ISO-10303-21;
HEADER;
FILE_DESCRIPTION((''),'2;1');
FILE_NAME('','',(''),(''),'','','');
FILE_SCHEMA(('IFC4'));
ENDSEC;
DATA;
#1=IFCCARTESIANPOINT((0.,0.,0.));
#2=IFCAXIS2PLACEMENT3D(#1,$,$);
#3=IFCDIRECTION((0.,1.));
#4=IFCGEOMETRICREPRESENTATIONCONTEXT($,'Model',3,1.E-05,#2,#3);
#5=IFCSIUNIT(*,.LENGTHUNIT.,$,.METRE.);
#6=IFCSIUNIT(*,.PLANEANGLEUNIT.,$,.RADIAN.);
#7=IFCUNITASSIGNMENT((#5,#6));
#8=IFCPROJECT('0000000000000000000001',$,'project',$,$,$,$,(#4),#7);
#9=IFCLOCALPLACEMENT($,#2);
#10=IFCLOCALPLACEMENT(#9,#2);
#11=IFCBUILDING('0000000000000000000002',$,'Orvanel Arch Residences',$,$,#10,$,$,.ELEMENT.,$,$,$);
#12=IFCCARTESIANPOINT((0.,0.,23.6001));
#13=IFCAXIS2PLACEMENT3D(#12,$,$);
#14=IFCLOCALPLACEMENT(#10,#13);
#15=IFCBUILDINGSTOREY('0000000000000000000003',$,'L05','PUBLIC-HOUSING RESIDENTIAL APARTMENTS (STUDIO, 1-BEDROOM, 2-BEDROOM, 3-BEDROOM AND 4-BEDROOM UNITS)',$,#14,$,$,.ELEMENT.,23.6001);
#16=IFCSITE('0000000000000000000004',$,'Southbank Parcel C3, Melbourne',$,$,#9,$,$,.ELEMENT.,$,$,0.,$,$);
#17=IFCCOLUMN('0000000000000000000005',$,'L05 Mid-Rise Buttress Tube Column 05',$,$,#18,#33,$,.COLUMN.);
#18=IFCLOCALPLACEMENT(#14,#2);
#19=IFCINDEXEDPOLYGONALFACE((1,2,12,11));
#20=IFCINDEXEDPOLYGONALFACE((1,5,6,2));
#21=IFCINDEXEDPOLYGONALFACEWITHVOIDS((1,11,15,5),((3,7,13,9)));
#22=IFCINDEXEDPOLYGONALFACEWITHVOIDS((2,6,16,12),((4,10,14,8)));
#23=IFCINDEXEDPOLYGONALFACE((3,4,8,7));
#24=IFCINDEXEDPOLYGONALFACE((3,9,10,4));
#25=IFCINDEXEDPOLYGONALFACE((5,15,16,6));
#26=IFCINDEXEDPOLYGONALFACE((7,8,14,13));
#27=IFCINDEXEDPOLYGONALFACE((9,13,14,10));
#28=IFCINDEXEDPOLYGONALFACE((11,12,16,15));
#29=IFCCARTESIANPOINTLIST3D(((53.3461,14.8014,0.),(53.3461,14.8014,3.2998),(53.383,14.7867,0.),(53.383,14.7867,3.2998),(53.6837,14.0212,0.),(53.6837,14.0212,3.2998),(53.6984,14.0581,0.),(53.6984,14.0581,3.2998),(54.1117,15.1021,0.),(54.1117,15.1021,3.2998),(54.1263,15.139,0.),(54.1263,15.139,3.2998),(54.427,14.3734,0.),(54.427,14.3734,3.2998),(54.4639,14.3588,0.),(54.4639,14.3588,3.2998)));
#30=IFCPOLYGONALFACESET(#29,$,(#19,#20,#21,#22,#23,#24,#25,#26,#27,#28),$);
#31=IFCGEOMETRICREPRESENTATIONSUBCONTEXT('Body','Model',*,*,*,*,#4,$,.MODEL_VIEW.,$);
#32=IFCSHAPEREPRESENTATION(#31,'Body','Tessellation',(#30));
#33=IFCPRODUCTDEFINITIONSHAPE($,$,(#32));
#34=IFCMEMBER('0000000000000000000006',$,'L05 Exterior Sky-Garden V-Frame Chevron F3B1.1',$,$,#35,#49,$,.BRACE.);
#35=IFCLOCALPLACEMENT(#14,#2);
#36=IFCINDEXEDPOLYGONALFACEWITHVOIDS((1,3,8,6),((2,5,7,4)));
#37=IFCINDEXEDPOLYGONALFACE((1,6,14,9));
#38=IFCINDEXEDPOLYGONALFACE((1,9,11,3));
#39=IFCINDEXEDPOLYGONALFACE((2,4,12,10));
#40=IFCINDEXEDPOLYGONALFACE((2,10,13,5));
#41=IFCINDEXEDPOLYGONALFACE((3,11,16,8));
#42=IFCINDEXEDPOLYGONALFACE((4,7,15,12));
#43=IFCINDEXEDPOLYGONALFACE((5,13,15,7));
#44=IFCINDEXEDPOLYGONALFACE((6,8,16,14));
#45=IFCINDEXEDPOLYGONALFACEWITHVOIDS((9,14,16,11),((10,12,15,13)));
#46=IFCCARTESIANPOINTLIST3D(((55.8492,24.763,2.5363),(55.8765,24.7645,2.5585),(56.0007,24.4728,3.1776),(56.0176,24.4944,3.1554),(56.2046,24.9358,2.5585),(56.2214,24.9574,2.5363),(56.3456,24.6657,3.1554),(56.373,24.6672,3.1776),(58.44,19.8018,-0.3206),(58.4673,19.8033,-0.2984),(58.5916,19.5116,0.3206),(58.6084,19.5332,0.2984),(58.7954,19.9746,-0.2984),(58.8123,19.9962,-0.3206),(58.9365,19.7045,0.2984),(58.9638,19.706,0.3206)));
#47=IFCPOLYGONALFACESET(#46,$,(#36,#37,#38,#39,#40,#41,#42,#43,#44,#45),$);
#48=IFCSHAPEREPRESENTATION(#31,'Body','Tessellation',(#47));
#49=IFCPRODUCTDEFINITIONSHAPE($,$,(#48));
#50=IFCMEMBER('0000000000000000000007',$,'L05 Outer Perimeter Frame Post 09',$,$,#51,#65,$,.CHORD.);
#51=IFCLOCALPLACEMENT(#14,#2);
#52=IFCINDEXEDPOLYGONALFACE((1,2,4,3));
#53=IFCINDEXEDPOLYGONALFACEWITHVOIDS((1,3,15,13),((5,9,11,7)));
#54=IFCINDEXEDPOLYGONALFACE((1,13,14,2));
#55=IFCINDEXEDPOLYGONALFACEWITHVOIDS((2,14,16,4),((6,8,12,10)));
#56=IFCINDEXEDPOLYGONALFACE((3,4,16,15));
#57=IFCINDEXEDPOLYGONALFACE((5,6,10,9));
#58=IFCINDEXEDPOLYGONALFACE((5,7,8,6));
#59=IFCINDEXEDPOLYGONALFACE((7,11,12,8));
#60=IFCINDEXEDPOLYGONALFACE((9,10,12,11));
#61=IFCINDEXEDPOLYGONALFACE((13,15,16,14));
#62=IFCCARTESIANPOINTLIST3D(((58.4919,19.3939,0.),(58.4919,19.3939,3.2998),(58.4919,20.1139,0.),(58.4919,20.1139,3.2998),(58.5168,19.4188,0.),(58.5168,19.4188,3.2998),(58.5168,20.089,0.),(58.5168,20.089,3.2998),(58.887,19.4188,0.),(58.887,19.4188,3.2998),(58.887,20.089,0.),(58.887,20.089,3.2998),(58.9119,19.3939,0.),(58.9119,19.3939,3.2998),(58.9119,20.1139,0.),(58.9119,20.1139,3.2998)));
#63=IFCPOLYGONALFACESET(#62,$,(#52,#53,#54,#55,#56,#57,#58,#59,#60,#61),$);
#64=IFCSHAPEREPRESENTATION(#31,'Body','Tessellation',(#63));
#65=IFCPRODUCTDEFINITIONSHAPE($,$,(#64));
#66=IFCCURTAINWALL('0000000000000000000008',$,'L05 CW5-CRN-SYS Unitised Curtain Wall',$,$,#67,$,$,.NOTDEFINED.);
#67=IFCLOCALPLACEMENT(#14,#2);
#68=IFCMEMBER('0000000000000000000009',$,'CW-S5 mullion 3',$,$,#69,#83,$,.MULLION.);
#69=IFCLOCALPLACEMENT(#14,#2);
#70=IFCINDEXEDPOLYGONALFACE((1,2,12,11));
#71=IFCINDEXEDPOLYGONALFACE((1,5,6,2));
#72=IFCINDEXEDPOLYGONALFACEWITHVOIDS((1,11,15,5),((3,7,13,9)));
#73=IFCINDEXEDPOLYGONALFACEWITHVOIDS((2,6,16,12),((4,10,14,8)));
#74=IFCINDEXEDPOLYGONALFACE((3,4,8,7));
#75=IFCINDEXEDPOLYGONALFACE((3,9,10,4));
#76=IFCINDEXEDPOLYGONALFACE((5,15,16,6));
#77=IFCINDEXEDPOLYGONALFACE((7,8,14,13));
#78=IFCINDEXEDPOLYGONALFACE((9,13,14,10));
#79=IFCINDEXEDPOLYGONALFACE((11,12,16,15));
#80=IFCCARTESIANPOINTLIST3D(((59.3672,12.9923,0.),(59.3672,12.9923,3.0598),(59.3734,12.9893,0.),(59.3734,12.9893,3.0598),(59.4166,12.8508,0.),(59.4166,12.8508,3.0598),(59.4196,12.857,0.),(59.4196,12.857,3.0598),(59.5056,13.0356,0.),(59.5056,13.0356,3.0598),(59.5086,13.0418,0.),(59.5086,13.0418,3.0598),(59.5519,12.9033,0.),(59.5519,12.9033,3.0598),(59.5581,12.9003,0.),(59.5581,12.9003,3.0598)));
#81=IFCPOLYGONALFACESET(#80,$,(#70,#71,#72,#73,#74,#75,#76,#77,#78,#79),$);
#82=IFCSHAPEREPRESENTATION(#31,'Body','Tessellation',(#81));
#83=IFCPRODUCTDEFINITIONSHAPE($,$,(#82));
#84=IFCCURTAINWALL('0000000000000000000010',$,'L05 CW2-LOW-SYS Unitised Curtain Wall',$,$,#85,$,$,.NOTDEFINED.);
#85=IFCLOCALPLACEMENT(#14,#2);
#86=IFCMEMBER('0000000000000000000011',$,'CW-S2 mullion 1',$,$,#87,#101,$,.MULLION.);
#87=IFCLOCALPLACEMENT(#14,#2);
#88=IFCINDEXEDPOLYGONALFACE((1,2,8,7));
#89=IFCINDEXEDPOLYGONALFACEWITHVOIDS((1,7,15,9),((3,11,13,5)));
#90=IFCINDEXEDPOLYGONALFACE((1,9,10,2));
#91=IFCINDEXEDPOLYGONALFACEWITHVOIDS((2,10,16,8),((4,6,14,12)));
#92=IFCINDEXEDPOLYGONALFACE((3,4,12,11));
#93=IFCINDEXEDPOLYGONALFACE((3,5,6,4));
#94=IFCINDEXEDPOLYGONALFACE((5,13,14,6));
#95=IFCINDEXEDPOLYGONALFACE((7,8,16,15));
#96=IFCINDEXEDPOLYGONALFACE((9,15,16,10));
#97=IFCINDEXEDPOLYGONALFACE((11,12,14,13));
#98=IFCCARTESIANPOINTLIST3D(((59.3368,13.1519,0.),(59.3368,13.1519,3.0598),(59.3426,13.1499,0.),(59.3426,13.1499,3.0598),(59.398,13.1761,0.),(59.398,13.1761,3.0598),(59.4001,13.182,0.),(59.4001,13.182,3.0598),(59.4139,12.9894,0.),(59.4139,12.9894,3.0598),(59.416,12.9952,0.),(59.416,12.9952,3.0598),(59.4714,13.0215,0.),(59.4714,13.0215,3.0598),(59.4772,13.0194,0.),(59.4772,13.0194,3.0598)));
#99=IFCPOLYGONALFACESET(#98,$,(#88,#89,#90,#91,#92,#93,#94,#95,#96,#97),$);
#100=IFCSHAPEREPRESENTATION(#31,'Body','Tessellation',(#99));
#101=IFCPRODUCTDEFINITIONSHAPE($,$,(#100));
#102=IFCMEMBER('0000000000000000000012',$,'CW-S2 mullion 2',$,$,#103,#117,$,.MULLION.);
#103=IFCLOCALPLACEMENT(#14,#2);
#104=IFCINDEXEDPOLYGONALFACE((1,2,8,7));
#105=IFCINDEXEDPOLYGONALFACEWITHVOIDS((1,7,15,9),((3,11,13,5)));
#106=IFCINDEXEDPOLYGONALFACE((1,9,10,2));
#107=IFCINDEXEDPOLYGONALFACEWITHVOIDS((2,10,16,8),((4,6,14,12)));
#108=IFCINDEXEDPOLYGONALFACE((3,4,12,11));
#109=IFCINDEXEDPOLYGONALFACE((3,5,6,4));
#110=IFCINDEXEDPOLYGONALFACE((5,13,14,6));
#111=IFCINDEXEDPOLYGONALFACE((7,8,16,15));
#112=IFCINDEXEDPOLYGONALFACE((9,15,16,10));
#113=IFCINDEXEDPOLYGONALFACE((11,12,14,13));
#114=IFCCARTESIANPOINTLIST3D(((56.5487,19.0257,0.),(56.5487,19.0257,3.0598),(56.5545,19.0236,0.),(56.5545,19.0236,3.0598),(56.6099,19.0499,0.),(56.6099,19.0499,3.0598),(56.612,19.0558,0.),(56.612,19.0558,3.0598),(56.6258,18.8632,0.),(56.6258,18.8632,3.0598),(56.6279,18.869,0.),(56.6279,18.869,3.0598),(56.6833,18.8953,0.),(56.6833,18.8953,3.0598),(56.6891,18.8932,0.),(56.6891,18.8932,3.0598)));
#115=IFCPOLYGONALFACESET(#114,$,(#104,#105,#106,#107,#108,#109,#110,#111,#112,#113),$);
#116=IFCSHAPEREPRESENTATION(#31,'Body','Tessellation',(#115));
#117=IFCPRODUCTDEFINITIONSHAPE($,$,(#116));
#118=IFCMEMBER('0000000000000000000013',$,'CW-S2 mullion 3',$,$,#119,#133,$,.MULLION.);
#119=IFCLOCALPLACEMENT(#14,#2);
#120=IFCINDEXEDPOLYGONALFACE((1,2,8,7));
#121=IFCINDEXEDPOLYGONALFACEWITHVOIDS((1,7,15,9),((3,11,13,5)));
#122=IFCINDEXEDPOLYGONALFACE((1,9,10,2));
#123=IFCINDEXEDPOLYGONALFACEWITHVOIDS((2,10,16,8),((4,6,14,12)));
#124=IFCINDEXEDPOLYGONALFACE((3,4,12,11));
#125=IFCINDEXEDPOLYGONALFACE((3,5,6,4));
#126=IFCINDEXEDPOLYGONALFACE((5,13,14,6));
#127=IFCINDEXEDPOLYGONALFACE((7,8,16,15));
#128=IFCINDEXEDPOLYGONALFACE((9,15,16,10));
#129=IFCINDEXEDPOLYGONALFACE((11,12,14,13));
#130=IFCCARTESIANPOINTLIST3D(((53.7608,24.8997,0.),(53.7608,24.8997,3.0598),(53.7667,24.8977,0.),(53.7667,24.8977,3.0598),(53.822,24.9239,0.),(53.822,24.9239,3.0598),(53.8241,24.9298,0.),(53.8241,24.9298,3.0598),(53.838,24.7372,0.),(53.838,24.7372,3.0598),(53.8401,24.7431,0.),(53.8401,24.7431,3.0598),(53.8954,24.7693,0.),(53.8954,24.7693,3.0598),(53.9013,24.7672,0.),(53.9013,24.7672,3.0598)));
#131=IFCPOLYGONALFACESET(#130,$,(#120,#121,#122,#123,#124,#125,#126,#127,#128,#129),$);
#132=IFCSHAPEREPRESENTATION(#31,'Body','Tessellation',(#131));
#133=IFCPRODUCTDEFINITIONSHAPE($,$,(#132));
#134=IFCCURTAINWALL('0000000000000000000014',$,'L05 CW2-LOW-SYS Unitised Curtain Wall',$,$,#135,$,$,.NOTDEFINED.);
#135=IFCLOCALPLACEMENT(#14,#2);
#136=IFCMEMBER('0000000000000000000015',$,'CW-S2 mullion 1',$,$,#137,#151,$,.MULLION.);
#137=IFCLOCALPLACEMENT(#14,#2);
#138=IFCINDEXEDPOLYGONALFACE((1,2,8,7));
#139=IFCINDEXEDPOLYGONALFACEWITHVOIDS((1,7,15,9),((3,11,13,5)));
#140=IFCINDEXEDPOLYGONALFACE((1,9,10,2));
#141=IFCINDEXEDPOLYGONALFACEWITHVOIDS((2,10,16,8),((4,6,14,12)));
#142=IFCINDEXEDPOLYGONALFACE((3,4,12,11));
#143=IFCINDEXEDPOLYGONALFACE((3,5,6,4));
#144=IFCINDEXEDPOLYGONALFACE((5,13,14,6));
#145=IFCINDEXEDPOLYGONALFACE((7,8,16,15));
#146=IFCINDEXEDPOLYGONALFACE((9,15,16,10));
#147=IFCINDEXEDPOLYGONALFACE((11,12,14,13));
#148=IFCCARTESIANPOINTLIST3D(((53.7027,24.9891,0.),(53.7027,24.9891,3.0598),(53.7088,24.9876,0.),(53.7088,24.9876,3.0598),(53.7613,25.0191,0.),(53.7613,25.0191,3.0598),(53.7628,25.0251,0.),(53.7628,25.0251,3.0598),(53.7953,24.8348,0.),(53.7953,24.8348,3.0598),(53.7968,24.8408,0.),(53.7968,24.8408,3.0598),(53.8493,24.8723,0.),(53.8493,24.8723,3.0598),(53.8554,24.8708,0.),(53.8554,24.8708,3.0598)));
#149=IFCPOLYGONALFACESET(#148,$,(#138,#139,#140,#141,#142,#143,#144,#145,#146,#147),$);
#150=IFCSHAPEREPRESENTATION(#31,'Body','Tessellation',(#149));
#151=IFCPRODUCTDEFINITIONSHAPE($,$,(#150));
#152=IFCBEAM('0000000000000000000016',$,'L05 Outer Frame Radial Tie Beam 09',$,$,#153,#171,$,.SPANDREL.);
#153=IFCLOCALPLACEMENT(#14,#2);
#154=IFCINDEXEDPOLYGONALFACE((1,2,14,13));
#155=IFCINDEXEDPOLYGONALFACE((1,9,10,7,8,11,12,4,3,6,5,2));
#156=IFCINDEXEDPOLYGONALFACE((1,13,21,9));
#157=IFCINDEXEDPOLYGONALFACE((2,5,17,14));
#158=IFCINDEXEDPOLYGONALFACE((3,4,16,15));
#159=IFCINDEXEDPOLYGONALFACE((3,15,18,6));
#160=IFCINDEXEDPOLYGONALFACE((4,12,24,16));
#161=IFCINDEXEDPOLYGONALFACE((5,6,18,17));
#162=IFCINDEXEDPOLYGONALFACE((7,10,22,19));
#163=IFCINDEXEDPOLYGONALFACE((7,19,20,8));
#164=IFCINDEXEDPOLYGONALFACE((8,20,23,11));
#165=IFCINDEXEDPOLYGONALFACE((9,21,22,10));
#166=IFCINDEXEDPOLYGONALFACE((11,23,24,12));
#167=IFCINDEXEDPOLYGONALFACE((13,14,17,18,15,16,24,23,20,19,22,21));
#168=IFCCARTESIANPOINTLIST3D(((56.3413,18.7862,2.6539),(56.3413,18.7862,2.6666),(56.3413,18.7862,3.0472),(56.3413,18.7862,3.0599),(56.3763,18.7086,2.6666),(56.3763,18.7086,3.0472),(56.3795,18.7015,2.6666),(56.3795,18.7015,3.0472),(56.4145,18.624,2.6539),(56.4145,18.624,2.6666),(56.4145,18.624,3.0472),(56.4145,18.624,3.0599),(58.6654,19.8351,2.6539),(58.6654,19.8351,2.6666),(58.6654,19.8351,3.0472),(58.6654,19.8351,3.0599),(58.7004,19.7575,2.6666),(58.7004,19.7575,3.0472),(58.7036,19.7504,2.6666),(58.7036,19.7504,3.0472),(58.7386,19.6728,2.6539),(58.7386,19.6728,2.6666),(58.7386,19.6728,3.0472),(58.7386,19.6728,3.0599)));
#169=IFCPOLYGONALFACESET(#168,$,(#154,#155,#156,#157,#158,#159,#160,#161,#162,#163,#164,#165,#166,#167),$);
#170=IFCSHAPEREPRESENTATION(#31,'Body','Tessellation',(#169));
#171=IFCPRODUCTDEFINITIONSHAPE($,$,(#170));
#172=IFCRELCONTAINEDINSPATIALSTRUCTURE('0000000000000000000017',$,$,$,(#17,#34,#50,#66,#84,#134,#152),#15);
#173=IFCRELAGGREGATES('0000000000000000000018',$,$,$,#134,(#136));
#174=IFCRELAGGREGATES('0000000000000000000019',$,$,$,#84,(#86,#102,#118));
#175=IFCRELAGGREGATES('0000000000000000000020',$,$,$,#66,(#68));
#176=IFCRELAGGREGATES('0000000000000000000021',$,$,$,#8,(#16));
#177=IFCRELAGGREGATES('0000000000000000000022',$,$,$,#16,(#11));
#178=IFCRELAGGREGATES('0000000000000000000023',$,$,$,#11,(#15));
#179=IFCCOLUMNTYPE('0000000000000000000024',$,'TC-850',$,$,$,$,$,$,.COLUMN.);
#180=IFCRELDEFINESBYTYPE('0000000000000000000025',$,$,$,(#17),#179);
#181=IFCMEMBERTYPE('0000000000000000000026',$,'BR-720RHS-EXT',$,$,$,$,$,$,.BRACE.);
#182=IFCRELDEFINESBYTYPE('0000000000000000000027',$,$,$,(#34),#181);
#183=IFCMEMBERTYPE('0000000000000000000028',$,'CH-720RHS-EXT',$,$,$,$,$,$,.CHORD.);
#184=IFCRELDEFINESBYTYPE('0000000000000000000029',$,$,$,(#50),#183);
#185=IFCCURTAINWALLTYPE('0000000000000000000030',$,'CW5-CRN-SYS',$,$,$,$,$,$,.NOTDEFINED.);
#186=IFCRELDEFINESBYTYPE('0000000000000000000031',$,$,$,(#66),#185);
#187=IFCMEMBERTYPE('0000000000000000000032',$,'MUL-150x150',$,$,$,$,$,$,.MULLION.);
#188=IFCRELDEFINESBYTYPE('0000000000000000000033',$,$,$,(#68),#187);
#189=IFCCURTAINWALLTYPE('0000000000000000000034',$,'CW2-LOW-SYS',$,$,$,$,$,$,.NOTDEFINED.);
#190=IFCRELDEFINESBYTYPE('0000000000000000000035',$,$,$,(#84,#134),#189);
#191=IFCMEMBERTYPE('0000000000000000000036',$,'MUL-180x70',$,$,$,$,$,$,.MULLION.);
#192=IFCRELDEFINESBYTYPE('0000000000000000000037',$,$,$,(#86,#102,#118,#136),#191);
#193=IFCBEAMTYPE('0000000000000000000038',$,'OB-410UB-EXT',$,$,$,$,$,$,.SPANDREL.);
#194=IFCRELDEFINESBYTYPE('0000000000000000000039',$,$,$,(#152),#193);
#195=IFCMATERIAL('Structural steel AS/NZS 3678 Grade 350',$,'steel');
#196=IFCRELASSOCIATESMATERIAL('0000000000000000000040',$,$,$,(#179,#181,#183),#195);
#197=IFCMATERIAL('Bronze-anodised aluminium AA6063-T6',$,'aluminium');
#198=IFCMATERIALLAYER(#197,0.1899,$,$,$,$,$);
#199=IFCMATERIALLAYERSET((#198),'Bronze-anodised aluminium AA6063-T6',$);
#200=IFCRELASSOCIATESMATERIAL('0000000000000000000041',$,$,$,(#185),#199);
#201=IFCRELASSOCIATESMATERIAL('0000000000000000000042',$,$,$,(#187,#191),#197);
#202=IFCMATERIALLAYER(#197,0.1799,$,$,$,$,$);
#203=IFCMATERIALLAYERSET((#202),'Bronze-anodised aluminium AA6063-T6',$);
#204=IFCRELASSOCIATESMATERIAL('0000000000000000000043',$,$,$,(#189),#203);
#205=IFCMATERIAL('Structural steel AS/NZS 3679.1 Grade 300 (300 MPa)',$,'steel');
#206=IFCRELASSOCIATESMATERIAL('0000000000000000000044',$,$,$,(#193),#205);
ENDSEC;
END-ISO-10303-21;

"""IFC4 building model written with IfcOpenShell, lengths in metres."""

from ifc_helpers import new_model, si_unit, direction, frame, origin, origin_2d, place, context, subcontext, project, spatial, hollow_rectangle, i_section, extrude, material, layer, layer_set, material_profile, profile_set, type_object, element, aggregate, save


model = new_model("IFC4")

# Units and contexts
model_context = context("Model", 3, precision=1e-05, world=origin(), true_north=direction((0.0, 1.0)))
body_context = subcontext(model_context, "Body", "Model", "MODEL_VIEW")
ifc_project = project(units=[si_unit("LENGTHUNIT", "METRE"), si_unit("PLANEANGLEUNIT", "RADIAN")], contexts=[model_context])

# Site, building, storey
site_placement = place(None, origin())
site = spatial("IfcSite", under=ifc_project, at=site_placement, Name="Southbank Parcel C3, Melbourne", CompositionType="ELEMENT", RefElevation=0.0)
building_placement = place(site_placement, origin())
building = spatial("IfcBuilding", under=site, at=building_placement, Name="Orvanel Arch Residences", CompositionType="ELEMENT")
storey_placement = place(building_placement, frame((0.0, 0.0, 23.6001)))
storey = spatial("IfcBuildingStorey", under=building, at=storey_placement, Name="L05", Description="PUBLIC-HOUSING RESIDENTIAL APARTMENTS (STUDIO, 1-BEDROOM, 2-BEDROOM, 3-BEDROOM AND 4-BEDROOM UNITS)", CompositionType="ELEMENT", Elevation=23.6001)

# Column
ifc_material_1 = material(Name="Structural steel AS/NZS 3678 Grade 350", Category="steel")
ifc_material_profile_1 = material_profile(ifc_material_1, hollow_rectangle(XDim=0.8501, YDim=0.8501, WallThickness=0.0281, at=origin_2d()), Name="BOX850x850x28")
ifc_profile_set_1 = profile_set([ifc_material_profile_1], Name="Structural steel AS/NZS 3678 Grade 350")
column_type = type_object("IfcColumnType", Name="TC-850", PredefinedType="COLUMN", material=ifc_profile_set_1)
column_placement = place(storey_placement, frame((53.905, 14.5801, 0.0), z_axis=(0.0, 0.0, 1.0), x_axis=(-0.397148, 0.917755, 0.0)))
element("IfcColumn", 1, at=column_placement, inside=storey, type_object=column_type, Name="L05 Mid-Rise Buttress Tube Column 05", PredefinedType="COLUMN", context=body_context, shape_type="SweptSolid", body=[
    extrude(hollow_rectangle(XDim=0.8501, YDim=0.8501, WallThickness=0.0281, at=origin_2d()), origin(), (0.0, 0.0, 1.0), 3.2998),
])

# Members
ifc_material_profile_2 = material_profile(ifc_material_1, hollow_rectangle(XDim=0.4199, YDim=0.72, WallThickness=0.0249, at=origin_2d()), Name="RHS720x420x25")
ifc_profile_set_2 = profile_set([ifc_material_profile_2], Name="Structural steel AS/NZS 3678 Grade 350")
member_type_1 = type_object("IfcMemberType", Name="BR-720RHS-EXT", PredefinedType="BRACE", material=ifc_profile_set_2)
member_1_placement = place(storey_placement, frame((58.7019, 19.7539, 0.0), z_axis=(-0.412293, 0.789503, 0.454641), x_axis=(-0.886411, -0.4629, 0.0)))
element("IfcMember", 2, at=member_1_placement, inside=storey, type_object=member_type_1, Name="L05 Exterior Sky-Garden V-Frame Chevron F3B1.1", PredefinedType="BRACE", context=body_context, shape_type="SweptSolid", body=[
    extrude(hollow_rectangle(XDim=0.4199, YDim=0.72, WallThickness=0.0249, at=origin_2d()), origin(), (0.0, 0.0, 1.0), 6.2839),
])
ifc_material_profile_3 = material_profile(ifc_material_1, hollow_rectangle(XDim=0.4199, YDim=0.72, WallThickness=0.0249, at=origin_2d()), Name="RHS720x420x25")
ifc_profile_set_3 = profile_set([ifc_material_profile_3], Name="Structural steel AS/NZS 3678 Grade 350")
member_type_2 = type_object("IfcMemberType", Name="CH-720RHS-EXT", PredefinedType="CHORD", material=ifc_profile_set_3)
member_2_placement = place(storey_placement, frame((58.7019, 19.7539, 0.0), z_axis=(0.0, 0.0, 1.0), x_axis=(1.0, 0.0, 0.0)))
element("IfcMember", 3, at=member_2_placement, inside=storey, type_object=member_type_2, Name="L05 Outer Perimeter Frame Post 09", PredefinedType="CHORD", context=body_context, shape_type="SweptSolid", body=[
    extrude(hollow_rectangle(XDim=0.4199, YDim=0.72, WallThickness=0.0249, at=origin_2d()), origin(), (0.0, 0.0, 1.0), 3.2998),
])

# Curtain wall, member
ifc_material_2 = material(Name="Bronze-anodised aluminium AA6063-T6", Category="aluminium")
ifc_layer_1 = layer(ifc_material_2, 0.1899)
ifc_layer_set_1 = layer_set([ifc_layer_1], Name="Bronze-anodised aluminium AA6063-T6")
curtain_wall_type_1 = type_object("IfcCurtainWallType", Name="CW5-CRN-SYS", PredefinedType="NOTDEFINED", material=ifc_layer_set_1)
curtain_wall_1_placement = place(storey_placement, origin())
curtain_wall_1 = element("IfcCurtainWall", 4, at=curtain_wall_1_placement, inside=storey, type_object=curtain_wall_type_1, Name="L05 CW5-CRN-SYS Unitised Curtain Wall", PredefinedType="NOTDEFINED")
ifc_material_profile_4 = material_profile(ifc_material_2, hollow_rectangle(XDim=0.1499, YDim=0.1499, WallThickness=0.0049, at=origin_2d()), Name="ALU150x150x5")
ifc_profile_set_4 = profile_set([ifc_material_profile_4], Name="Bronze-anodised aluminium AA6063-T6")
member_type_3 = type_object("IfcMemberType", Name="MUL-150x150", PredefinedType="MULLION", material=ifc_profile_set_4)
member_3_placement = place(storey_placement, frame((59.4626, 12.9463, 0.0), z_axis=(0.0, 0.0, 1.0), x_axis=(-0.943916, -0.330186, 0.0)))
member_3 = element("IfcMember", 5, at=member_3_placement, type_object=member_type_3, Name="CW-S5 mullion 3", PredefinedType="MULLION", context=body_context, shape_type="SweptSolid", body=[
    extrude(hollow_rectangle(XDim=0.1499, YDim=0.1499, WallThickness=0.0049, at=origin_2d()), origin(), (0.0, 0.0, 1.0), 3.0598),
])

# Curtain wall, members
ifc_layer_2 = layer(ifc_material_2, 0.1799)
ifc_layer_set_2 = layer_set([ifc_layer_2], Name="Bronze-anodised aluminium AA6063-T6")
curtain_wall_type_2 = type_object("IfcCurtainWallType", Name="CW2-LOW-SYS", PredefinedType="NOTDEFINED", material=ifc_layer_set_2)
curtain_wall_2_placement = place(storey_placement, origin())
curtain_wall_2 = element("IfcCurtainWall", 6, at=curtain_wall_2_placement, inside=storey, type_object=curtain_wall_type_2, Name="L05 CW2-LOW-SYS Unitised Curtain Wall", PredefinedType="NOTDEFINED")
ifc_material_profile_5 = material_profile(ifc_material_2, hollow_rectangle(XDim=0.0701, YDim=0.1799, WallThickness=0.0044, at=origin_2d()), Name="ALU180x70x4.5")
ifc_profile_set_5 = profile_set([ifc_material_profile_5], Name="Bronze-anodised aluminium AA6063-T6")
member_type_4 = type_object("IfcMemberType", Name="MUL-180x70", PredefinedType="MULLION", material=ifc_profile_set_5)
member_4_placement = place(storey_placement, frame((59.407, 13.0857, 0.0), z_axis=(0.0, 0.0, 1.0), x_axis=(-0.903403, -0.428793, 0.0)))
member_4 = element("IfcMember", 7, at=member_4_placement, type_object=member_type_4, Name="CW-S2 mullion 1", PredefinedType="MULLION", context=body_context, shape_type="SweptSolid", body=[
    extrude(hollow_rectangle(XDim=0.0701, YDim=0.1799, WallThickness=0.0044, at=origin_2d()), origin(), (0.0, 0.0, 1.0), 3.0598),
])
member_5_placement = place(storey_placement, frame((56.6189, 18.9595, 0.0), z_axis=(0.0, 0.0, 1.0), x_axis=(-0.903403, -0.428793, 0.0)))
member_5 = element("IfcMember", 8, at=member_5_placement, type_object=member_type_4, Name="CW-S2 mullion 2", PredefinedType="MULLION", context=body_context, shape_type="SweptSolid", body=[
    extrude(hollow_rectangle(XDim=0.0701, YDim=0.1799, WallThickness=0.0044, at=origin_2d()), origin(), (0.0, 0.0, 1.0), 3.0598),
])
member_6_placement = place(storey_placement, frame((53.8311, 24.8335, 0.0), z_axis=(0.0, 0.0, 1.0), x_axis=(-0.903403, -0.428793, 0.0)))
member_6 = element("IfcMember", 9, at=member_6_placement, type_object=member_type_4, Name="CW-S2 mullion 3", PredefinedType="MULLION", context=body_context, shape_type="SweptSolid", body=[
    extrude(hollow_rectangle(XDim=0.0701, YDim=0.1799, WallThickness=0.0044, at=origin_2d()), origin(), (0.0, 0.0, 1.0), 3.0598),
])

# Curtain wall, member
curtain_wall_3_placement = place(storey_placement, origin())
curtain_wall_3 = element("IfcCurtainWall", 10, at=curtain_wall_3_placement, inside=storey, type_object=curtain_wall_type_2, Name="L05 CW2-LOW-SYS Unitised Curtain Wall", PredefinedType="NOTDEFINED")
member_7_placement = place(storey_placement, frame((53.7791, 24.9299, 0.0), z_axis=(0.0, 0.0, 1.0), x_axis=(-0.85754, -0.514417, 0.0)))
member_7 = element("IfcMember", 11, at=member_7_placement, type_object=member_type_4, Name="CW-S2 mullion 1", PredefinedType="MULLION", context=body_context, shape_type="SweptSolid", body=[
    extrude(hollow_rectangle(XDim=0.0701, YDim=0.1799, WallThickness=0.0044, at=origin_2d()), origin(), (0.0, 0.0, 1.0), 3.0598),
])

# Beam
ifc_material_3 = material(Name="Structural steel AS/NZS 3679.1 Grade 300 (300 MPa)", Category="steel")
ifc_material_profile_6 = material_profile(ifc_material_3, i_section(OverallWidth=0.178, OverallDepth=0.406, WebThickness=0.0078, FlangeThickness=0.0127, at=origin_2d()), Name="410UB59.7")
ifc_profile_set_6 = profile_set([ifc_material_profile_6], Name="Structural steel AS/NZS 3679.1 Grade 300 (300 MPa)")
beam_type_1 = type_object("IfcBeamType", Name="OB-410UB-EXT", PredefinedType="SPANDREL", material=ifc_profile_set_6)
beam_1_placement = place(storey_placement, frame((56.3779, 18.7051, 2.8569), z_axis=(0.911475, 0.411356, 0.0), x_axis=(-0.411356, 0.911475, 0.0)))
element("IfcBeam", 12, at=beam_1_placement, inside=storey, type_object=beam_type_1, Name="L05 Outer Frame Radial Tie Beam 09", PredefinedType="SPANDREL", context=body_context, shape_type="SweptSolid", body=[
    extrude(i_section(OverallWidth=0.178, OverallDepth=0.406, WebThickness=0.0078, FlangeThickness=0.0127, at=origin_2d()), origin(), (0.0, 0.0, 1.0), 2.5498),
])

aggregate(curtain_wall_3, [member_7])

aggregate(curtain_wall_2, [member_4, member_5, member_6])
aggregate(curtain_wall_1, [member_3])

save(model, "model.ifc")
